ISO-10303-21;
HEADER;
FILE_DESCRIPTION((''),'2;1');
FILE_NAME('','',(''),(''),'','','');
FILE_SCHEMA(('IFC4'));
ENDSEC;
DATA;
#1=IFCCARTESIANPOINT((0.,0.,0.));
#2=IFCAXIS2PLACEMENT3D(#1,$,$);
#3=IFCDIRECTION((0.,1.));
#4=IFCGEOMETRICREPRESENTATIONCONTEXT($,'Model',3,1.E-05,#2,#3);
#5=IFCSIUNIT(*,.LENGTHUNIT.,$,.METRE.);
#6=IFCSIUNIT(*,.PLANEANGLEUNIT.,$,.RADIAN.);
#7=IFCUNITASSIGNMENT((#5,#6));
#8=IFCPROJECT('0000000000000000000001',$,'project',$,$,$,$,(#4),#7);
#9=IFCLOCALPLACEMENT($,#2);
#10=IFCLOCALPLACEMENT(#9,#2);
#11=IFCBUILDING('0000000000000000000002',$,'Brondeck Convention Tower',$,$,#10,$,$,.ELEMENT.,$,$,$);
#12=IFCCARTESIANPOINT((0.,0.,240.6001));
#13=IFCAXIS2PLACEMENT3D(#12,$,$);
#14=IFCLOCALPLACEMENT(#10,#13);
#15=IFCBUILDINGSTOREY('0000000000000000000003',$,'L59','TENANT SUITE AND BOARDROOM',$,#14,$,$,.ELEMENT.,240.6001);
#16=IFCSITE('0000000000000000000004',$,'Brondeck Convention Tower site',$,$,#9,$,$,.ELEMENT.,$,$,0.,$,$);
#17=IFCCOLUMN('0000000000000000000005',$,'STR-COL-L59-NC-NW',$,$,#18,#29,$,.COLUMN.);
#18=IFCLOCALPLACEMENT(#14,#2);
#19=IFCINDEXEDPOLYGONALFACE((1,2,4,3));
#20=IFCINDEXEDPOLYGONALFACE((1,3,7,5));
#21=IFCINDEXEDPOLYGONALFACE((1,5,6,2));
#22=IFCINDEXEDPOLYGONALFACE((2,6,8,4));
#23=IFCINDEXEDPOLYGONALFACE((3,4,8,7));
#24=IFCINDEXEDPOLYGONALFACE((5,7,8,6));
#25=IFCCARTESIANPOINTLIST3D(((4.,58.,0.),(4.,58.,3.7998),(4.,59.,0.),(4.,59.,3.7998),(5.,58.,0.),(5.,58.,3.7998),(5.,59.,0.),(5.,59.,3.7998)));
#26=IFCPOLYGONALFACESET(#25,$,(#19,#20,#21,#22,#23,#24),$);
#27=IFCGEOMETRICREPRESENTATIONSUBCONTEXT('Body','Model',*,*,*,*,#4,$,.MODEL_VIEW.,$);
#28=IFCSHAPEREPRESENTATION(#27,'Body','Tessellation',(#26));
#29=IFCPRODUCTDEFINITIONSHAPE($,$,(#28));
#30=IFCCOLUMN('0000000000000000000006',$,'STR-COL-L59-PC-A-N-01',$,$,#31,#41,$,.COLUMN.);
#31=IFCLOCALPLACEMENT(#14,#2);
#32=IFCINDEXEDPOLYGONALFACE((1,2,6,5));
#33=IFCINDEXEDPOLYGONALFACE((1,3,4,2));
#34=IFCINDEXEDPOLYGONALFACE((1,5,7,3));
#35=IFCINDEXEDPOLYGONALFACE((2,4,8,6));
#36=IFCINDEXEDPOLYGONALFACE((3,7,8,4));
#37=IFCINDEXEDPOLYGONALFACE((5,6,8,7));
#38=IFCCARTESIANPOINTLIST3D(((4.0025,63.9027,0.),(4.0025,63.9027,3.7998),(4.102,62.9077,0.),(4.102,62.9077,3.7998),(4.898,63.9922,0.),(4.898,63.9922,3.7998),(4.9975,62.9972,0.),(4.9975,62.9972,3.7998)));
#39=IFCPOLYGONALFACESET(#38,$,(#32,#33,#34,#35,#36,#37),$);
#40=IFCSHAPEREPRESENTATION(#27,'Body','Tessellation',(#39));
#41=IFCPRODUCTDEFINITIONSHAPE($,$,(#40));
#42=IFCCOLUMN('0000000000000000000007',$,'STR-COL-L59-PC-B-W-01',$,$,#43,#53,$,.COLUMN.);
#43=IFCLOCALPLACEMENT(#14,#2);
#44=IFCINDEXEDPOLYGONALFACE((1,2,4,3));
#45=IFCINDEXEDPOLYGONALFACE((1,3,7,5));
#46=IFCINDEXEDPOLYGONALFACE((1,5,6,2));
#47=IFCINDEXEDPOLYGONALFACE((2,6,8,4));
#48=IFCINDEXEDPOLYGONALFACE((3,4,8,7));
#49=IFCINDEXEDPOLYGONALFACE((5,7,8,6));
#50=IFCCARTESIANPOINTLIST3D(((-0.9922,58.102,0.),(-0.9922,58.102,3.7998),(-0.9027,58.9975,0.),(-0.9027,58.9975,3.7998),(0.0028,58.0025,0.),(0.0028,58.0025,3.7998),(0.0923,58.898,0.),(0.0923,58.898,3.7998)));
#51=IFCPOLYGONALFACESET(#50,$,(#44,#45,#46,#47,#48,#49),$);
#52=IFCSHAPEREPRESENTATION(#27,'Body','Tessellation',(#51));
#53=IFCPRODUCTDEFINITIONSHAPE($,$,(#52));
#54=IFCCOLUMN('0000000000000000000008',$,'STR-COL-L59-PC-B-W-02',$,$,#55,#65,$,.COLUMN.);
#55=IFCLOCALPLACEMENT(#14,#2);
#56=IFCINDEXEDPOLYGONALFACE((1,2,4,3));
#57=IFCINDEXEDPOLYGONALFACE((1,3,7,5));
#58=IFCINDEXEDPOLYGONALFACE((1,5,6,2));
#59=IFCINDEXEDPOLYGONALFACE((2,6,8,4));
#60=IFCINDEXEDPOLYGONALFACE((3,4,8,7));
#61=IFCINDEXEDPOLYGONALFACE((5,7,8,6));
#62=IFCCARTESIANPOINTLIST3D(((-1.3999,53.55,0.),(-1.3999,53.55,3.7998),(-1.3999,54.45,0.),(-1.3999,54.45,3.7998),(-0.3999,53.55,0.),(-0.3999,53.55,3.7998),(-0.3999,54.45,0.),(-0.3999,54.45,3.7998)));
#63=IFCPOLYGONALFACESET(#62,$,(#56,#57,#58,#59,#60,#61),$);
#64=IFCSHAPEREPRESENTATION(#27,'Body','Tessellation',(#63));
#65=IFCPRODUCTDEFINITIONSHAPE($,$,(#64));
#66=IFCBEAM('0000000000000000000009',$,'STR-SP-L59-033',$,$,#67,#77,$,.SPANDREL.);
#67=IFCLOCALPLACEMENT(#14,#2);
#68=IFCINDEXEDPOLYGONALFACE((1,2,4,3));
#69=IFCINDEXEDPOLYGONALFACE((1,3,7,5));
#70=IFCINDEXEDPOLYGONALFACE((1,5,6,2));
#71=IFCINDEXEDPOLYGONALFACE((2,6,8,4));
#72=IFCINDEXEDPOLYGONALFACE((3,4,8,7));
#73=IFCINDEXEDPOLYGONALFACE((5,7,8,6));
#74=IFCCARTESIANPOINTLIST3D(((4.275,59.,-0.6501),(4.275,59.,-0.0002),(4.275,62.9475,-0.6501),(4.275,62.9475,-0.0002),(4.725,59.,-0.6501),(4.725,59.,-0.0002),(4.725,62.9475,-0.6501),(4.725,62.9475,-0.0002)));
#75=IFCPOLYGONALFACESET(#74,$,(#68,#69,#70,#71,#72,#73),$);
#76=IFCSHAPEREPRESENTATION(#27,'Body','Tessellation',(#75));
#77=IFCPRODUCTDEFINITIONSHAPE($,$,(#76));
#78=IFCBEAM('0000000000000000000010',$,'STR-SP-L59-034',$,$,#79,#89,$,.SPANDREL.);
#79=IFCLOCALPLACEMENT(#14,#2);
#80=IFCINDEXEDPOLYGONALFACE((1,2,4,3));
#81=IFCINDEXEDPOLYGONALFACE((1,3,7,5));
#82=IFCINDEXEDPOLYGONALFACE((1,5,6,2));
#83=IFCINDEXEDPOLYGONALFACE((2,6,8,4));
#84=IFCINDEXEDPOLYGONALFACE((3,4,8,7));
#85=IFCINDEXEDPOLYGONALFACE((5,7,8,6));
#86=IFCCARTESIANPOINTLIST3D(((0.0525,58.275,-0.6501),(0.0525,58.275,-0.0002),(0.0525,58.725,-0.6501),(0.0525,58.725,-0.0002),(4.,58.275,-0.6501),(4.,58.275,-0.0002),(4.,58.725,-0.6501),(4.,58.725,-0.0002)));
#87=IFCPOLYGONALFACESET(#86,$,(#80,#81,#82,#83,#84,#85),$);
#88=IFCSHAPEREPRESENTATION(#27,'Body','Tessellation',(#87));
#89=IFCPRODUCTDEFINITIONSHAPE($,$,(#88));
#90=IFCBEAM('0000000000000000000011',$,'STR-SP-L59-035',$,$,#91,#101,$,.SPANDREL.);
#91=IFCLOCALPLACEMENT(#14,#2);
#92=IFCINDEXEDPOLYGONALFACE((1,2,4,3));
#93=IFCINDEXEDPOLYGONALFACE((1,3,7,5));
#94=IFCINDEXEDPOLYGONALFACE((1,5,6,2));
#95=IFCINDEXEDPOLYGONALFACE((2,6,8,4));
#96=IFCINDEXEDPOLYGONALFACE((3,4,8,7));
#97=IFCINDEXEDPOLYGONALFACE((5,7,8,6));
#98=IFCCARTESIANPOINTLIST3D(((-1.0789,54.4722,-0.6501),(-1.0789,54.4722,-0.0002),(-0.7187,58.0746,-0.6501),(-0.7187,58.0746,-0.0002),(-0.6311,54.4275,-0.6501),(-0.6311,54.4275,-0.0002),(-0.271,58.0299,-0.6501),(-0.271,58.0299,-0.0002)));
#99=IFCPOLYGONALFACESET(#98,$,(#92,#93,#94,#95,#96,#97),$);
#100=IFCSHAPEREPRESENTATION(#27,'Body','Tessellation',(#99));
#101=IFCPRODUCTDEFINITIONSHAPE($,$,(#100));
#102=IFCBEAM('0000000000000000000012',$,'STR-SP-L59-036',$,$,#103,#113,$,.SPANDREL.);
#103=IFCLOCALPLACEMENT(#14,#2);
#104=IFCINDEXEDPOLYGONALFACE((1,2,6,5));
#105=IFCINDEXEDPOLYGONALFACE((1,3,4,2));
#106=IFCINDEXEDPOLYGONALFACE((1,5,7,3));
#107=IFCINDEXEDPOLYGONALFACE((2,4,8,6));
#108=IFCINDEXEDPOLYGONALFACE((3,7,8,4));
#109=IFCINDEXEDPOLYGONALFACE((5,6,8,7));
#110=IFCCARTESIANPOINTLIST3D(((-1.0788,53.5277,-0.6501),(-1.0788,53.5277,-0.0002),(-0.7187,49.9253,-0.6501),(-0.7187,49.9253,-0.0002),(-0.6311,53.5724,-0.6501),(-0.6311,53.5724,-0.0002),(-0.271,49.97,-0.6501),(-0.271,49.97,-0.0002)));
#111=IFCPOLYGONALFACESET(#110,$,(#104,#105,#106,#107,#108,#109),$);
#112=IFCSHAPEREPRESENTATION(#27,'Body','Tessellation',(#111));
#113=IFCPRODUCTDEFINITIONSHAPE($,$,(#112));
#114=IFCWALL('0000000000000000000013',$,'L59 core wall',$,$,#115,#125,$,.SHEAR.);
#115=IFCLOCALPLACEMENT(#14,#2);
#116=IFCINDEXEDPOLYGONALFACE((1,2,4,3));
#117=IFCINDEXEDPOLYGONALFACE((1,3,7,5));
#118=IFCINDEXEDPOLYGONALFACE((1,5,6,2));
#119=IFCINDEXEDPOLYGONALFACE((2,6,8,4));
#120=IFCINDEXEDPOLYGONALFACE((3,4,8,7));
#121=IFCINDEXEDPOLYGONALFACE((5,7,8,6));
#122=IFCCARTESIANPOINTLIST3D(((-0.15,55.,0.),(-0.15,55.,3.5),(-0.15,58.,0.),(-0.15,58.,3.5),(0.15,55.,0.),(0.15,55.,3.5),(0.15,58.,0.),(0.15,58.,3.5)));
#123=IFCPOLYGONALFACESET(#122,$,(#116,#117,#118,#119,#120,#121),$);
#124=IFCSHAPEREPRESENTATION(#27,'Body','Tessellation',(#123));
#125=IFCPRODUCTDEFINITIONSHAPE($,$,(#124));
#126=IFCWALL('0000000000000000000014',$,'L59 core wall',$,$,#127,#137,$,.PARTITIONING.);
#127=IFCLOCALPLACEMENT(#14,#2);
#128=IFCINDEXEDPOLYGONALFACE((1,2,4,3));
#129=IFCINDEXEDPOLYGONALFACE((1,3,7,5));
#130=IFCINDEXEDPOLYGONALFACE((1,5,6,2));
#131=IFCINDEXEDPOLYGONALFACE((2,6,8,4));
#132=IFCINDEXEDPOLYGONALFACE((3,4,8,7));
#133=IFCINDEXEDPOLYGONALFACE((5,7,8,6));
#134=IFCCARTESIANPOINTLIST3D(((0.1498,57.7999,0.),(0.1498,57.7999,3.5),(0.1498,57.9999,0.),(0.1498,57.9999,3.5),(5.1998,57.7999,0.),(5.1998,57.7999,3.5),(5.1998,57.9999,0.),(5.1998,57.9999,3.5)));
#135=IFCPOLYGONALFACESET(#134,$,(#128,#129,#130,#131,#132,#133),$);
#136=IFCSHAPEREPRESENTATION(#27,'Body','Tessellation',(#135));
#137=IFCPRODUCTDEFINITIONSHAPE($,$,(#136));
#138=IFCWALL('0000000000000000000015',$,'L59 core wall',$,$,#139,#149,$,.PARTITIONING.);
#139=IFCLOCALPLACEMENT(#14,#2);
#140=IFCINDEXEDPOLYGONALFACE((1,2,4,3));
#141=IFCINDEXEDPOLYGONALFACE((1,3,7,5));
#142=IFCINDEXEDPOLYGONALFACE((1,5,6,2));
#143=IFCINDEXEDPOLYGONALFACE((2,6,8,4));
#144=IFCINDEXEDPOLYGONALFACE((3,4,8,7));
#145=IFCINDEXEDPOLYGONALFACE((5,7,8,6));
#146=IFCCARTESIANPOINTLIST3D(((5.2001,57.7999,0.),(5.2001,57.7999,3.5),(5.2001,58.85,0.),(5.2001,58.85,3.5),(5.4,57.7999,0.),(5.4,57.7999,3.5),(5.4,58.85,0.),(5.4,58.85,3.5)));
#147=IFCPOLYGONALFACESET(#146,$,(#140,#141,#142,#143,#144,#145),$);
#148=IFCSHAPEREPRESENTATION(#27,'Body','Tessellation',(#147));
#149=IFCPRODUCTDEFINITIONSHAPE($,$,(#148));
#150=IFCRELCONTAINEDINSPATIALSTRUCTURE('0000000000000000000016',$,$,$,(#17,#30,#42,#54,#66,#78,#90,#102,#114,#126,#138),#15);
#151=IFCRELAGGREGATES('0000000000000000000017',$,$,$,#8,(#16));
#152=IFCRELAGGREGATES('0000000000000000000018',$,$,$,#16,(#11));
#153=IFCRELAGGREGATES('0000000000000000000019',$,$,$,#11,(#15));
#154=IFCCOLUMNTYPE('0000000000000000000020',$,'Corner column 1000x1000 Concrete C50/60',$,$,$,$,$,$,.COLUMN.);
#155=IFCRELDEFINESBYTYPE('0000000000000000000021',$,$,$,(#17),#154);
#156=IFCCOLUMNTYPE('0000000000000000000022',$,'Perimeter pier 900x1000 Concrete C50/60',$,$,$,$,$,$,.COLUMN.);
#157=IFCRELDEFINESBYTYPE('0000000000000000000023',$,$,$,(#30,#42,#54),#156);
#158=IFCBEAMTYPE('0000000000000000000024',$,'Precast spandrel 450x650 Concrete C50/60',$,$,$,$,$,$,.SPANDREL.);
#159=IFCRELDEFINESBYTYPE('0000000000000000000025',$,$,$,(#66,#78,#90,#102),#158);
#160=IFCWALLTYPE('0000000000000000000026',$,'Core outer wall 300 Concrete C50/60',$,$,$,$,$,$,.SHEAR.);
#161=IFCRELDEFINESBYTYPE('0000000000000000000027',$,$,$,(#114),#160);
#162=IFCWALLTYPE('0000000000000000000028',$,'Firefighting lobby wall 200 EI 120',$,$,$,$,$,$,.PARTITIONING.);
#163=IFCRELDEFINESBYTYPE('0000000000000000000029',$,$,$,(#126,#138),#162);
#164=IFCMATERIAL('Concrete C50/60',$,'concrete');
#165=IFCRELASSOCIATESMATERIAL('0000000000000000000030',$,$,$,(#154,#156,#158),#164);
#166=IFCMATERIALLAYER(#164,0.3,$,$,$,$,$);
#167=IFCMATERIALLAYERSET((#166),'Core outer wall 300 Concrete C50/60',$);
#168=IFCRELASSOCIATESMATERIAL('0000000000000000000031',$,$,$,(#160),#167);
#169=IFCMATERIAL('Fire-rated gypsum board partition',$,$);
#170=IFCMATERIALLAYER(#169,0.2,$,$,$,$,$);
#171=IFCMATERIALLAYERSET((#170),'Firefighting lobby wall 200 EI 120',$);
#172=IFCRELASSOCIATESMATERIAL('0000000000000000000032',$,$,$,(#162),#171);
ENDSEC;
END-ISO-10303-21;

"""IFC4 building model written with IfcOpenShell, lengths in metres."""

from ifc_helpers import new_model, si_unit, direction, frame, frame_2d, origin, origin_2d, place, context, subcontext, project, spatial, rectangle, extrude, material, layer, layer_set, material_profile, profile_set, type_object, element, save


model = new_model("IFC4")

# Units and contexts
model_context = context("Model", 3, precision=1e-05, world=origin(), true_north=direction((0.0, 1.0)))
body_context = subcontext(model_context, "Body", "Model", "MODEL_VIEW")
ifc_project = project(units=[si_unit("LENGTHUNIT", "METRE"), si_unit("PLANEANGLEUNIT", "RADIAN")], contexts=[model_context])

# Site, building, storey
site_placement = place(None, origin())
site = spatial("IfcSite", under=ifc_project, at=site_placement, Name="Brondeck Convention Tower site", CompositionType="ELEMENT", RefElevation=0.0)
building_placement = place(site_placement, origin())
building = spatial("IfcBuilding", under=site, at=building_placement, Name="Brondeck Convention Tower", CompositionType="ELEMENT")
storey_placement = place(building_placement, frame((0.0, 0.0, 240.6001)))
storey = spatial("IfcBuildingStorey", under=building, at=storey_placement, Name="L59", Description="TENANT SUITE AND BOARDROOM", CompositionType="ELEMENT", Elevation=240.6001)

# Columns
ifc_material_1 = material(Name="Concrete C50/60", Category="concrete")
ifc_material_profile_1 = material_profile(ifc_material_1, rectangle(XDim=1.0, YDim=1.0, at=origin_2d()), Name="Corner column 1000x1000 Concrete C50/60")
ifc_profile_set_1 = profile_set([ifc_material_profile_1], Name="Concrete C50/60")
column_type_1 = type_object("IfcColumnType", Name="Corner column 1000x1000 Concrete C50/60", PredefinedType="COLUMN", material=ifc_profile_set_1)
column_placement = place(storey_placement, frame((4.5, 58.5, 0.0), z_axis=(0.0, 0.0, 1.0), x_axis=(1.0, 0.0, 0.0)))
element("IfcColumn", 1, at=column_placement, inside=storey, type_object=column_type_1, Name="STR-COL-L59-NC-NW", PredefinedType="COLUMN", context=body_context, shape_type="SweptSolid", body=[
    extrude(rectangle(XDim=1.0, YDim=1.0, at=origin_2d()), origin(), (0.0, 0.0, 1.0), 3.7998),
])
ifc_material_profile_2 = material_profile(ifc_material_1, rectangle(XDim=0.8999, YDim=1.0, at=origin_2d()), Name="Perimeter pier 900x1000 Concrete C50/60")
ifc_profile_set_2 = profile_set([ifc_material_profile_2], Name="Concrete C50/60")
column_type_2 = type_object("IfcColumnType", Name="Perimeter pier 900x1000 Concrete C50/60", PredefinedType="COLUMN", material=ifc_profile_set_2)
for number, where, z_axis, x_axis, name in (
    (2, (4.5, 63.45, 0.0), (0.0, 0.0, 1.0), (-0.995037, -0.099504, 0.0), "STR-COL-L59-PC-A-N-01"),
    (3, (-0.45, 58.5, 0.0), (0.0, 0.0, 1.0), (-0.099504, -0.995037, 0.0), "STR-COL-L59-PC-B-W-01"),
    (4, (-0.8999, 54.0, 0.0), (0.0, 0.0, 1.0), (0.0, -1.0, 0.0), "STR-COL-L59-PC-B-W-02"),
):
    element("IfcColumn", number, at=place(storey_placement, frame(where, z_axis=z_axis, x_axis=x_axis)), inside=storey, type_object=column_type_2, Name=name, PredefinedType="COLUMN", context=body_context, shape_type="SweptSolid", body=[
        extrude(rectangle(XDim=0.8999, YDim=1.0, at=origin_2d()), origin(), (0.0, 0.0, 1.0), 3.7998),
    ])

# Beams
ifc_material_profile_3 = material_profile(ifc_material_1, rectangle(XDim=0.45, YDim=0.6499, at=origin_2d()), Name="Precast spandrel 450x650 Concrete C50/60")
ifc_profile_set_3 = profile_set([ifc_material_profile_3], Name="Concrete C50/60")
beam_type = type_object("IfcBeamType", Name="Precast spandrel 450x650 Concrete C50/60", PredefinedType="SPANDREL", material=ifc_profile_set_3)
for number, where, z_axis, x_axis, name in (
    (5, (4.5, 62.9475, -0.3252), (0.0, -1.0, 0.0), (1.0, 0.0, 0.0), "STR-SP-L59-033"),
    (6, (4.0, 58.5, -0.3252), (-1.0, 0.0, 0.0), (0.0, -1.0, 0.0), "STR-SP-L59-034"),
):
    element("IfcBeam", number, at=place(storey_placement, frame(where, z_axis=z_axis, x_axis=x_axis)), inside=storey, type_object=beam_type, Name=name, PredefinedType="SPANDREL", context=body_context, shape_type="SweptSolid", body=[
        extrude(rectangle(XDim=0.45, YDim=0.6499, at=origin_2d()), origin(), (0.0, 0.0, 1.0), 3.9475),
    ])
for number, where, z_axis, x_axis, name in (
    (7, (-0.4949, 58.0522, -0.3252), (-0.09947, -0.995041, 0.0), (0.995041, -0.09947, 0.0), "STR-SP-L59-035"),
    (8, (-0.855, 53.55, -0.3252), (0.09947, -0.995041, 0.0), (0.995041, 0.09947, 0.0), "STR-SP-L59-036"),
):
    element("IfcBeam", number, at=place(storey_placement, frame(where, z_axis=z_axis, x_axis=x_axis)), inside=storey, type_object=beam_type, Name=name, PredefinedType="SPANDREL", context=body_context, shape_type="SweptSolid", body=[
        extrude(rectangle(XDim=0.45, YDim=0.6499, at=origin_2d()), origin(), (0.0, 0.0, 1.0), 3.6204),
    ])

# Walls
ifc_layer_1 = layer(ifc_material_1, 0.3)
ifc_layer_set_1 = layer_set([ifc_layer_1], Name="Core outer wall 300 Concrete C50/60")
wall_type_1 = type_object("IfcWallType", Name="Core outer wall 300 Concrete C50/60", PredefinedType="SHEAR", material=ifc_layer_set_1)
wall_1_placement = place(storey_placement, frame((0.0, 55.0, 0.0), z_axis=(0.0, 0.0, 1.0), x_axis=(0.0, 1.0, 0.0)))
element("IfcWall", 9, at=wall_1_placement, inside=storey, type_object=wall_type_1, Name="L59 core wall", PredefinedType="SHEAR", context=body_context, shape_type="SweptSolid", body=[
    extrude(rectangle(XDim=3.0, YDim=0.3, at=frame_2d((1.5, 0.0))), origin(), (0.0, 0.0, 1.0), 3.5),
])
ifc_material_2 = material(Name="Fire-rated gypsum board partition")
ifc_layer_2 = layer(ifc_material_2, 0.2)
ifc_layer_set_2 = layer_set([ifc_layer_2], Name="Firefighting lobby wall 200 EI 120")
wall_type_2 = type_object("IfcWallType", Name="Firefighting lobby wall 200 EI 120", PredefinedType="PARTITIONING", material=ifc_layer_set_2)
wall_2_placement = place(storey_placement, frame((0.1499, 57.8999, 0.0), z_axis=(0.0, 0.0, 1.0), x_axis=(1.0, 0.0, 0.0)))
element("IfcWall", 10, at=wall_2_placement, inside=storey, type_object=wall_type_2, Name="L59 core wall", PredefinedType="PARTITIONING", context=body_context, shape_type="SweptSolid", body=[
    extrude(rectangle(XDim=5.05, YDim=0.2, at=frame_2d((2.5249, 0.0))), origin(), (0.0, 0.0, 1.0), 3.5),
])
wall_3_placement = place(storey_placement, frame((5.3, 57.8, 0.0), z_axis=(0.0, 0.0, 1.0), x_axis=(0.0, 1.0, 0.0)))
element("IfcWall", 11, at=wall_3_placement, inside=storey, type_object=wall_type_2, Name="L59 core wall", PredefinedType="PARTITIONING", context=body_context, shape_type="SweptSolid", body=[
    extrude(rectangle(XDim=1.05, YDim=0.2, at=frame_2d((0.5249, 0.0))), origin(), (0.0, 0.0, 1.0), 3.5),
])

save(model, "model.ifc")
